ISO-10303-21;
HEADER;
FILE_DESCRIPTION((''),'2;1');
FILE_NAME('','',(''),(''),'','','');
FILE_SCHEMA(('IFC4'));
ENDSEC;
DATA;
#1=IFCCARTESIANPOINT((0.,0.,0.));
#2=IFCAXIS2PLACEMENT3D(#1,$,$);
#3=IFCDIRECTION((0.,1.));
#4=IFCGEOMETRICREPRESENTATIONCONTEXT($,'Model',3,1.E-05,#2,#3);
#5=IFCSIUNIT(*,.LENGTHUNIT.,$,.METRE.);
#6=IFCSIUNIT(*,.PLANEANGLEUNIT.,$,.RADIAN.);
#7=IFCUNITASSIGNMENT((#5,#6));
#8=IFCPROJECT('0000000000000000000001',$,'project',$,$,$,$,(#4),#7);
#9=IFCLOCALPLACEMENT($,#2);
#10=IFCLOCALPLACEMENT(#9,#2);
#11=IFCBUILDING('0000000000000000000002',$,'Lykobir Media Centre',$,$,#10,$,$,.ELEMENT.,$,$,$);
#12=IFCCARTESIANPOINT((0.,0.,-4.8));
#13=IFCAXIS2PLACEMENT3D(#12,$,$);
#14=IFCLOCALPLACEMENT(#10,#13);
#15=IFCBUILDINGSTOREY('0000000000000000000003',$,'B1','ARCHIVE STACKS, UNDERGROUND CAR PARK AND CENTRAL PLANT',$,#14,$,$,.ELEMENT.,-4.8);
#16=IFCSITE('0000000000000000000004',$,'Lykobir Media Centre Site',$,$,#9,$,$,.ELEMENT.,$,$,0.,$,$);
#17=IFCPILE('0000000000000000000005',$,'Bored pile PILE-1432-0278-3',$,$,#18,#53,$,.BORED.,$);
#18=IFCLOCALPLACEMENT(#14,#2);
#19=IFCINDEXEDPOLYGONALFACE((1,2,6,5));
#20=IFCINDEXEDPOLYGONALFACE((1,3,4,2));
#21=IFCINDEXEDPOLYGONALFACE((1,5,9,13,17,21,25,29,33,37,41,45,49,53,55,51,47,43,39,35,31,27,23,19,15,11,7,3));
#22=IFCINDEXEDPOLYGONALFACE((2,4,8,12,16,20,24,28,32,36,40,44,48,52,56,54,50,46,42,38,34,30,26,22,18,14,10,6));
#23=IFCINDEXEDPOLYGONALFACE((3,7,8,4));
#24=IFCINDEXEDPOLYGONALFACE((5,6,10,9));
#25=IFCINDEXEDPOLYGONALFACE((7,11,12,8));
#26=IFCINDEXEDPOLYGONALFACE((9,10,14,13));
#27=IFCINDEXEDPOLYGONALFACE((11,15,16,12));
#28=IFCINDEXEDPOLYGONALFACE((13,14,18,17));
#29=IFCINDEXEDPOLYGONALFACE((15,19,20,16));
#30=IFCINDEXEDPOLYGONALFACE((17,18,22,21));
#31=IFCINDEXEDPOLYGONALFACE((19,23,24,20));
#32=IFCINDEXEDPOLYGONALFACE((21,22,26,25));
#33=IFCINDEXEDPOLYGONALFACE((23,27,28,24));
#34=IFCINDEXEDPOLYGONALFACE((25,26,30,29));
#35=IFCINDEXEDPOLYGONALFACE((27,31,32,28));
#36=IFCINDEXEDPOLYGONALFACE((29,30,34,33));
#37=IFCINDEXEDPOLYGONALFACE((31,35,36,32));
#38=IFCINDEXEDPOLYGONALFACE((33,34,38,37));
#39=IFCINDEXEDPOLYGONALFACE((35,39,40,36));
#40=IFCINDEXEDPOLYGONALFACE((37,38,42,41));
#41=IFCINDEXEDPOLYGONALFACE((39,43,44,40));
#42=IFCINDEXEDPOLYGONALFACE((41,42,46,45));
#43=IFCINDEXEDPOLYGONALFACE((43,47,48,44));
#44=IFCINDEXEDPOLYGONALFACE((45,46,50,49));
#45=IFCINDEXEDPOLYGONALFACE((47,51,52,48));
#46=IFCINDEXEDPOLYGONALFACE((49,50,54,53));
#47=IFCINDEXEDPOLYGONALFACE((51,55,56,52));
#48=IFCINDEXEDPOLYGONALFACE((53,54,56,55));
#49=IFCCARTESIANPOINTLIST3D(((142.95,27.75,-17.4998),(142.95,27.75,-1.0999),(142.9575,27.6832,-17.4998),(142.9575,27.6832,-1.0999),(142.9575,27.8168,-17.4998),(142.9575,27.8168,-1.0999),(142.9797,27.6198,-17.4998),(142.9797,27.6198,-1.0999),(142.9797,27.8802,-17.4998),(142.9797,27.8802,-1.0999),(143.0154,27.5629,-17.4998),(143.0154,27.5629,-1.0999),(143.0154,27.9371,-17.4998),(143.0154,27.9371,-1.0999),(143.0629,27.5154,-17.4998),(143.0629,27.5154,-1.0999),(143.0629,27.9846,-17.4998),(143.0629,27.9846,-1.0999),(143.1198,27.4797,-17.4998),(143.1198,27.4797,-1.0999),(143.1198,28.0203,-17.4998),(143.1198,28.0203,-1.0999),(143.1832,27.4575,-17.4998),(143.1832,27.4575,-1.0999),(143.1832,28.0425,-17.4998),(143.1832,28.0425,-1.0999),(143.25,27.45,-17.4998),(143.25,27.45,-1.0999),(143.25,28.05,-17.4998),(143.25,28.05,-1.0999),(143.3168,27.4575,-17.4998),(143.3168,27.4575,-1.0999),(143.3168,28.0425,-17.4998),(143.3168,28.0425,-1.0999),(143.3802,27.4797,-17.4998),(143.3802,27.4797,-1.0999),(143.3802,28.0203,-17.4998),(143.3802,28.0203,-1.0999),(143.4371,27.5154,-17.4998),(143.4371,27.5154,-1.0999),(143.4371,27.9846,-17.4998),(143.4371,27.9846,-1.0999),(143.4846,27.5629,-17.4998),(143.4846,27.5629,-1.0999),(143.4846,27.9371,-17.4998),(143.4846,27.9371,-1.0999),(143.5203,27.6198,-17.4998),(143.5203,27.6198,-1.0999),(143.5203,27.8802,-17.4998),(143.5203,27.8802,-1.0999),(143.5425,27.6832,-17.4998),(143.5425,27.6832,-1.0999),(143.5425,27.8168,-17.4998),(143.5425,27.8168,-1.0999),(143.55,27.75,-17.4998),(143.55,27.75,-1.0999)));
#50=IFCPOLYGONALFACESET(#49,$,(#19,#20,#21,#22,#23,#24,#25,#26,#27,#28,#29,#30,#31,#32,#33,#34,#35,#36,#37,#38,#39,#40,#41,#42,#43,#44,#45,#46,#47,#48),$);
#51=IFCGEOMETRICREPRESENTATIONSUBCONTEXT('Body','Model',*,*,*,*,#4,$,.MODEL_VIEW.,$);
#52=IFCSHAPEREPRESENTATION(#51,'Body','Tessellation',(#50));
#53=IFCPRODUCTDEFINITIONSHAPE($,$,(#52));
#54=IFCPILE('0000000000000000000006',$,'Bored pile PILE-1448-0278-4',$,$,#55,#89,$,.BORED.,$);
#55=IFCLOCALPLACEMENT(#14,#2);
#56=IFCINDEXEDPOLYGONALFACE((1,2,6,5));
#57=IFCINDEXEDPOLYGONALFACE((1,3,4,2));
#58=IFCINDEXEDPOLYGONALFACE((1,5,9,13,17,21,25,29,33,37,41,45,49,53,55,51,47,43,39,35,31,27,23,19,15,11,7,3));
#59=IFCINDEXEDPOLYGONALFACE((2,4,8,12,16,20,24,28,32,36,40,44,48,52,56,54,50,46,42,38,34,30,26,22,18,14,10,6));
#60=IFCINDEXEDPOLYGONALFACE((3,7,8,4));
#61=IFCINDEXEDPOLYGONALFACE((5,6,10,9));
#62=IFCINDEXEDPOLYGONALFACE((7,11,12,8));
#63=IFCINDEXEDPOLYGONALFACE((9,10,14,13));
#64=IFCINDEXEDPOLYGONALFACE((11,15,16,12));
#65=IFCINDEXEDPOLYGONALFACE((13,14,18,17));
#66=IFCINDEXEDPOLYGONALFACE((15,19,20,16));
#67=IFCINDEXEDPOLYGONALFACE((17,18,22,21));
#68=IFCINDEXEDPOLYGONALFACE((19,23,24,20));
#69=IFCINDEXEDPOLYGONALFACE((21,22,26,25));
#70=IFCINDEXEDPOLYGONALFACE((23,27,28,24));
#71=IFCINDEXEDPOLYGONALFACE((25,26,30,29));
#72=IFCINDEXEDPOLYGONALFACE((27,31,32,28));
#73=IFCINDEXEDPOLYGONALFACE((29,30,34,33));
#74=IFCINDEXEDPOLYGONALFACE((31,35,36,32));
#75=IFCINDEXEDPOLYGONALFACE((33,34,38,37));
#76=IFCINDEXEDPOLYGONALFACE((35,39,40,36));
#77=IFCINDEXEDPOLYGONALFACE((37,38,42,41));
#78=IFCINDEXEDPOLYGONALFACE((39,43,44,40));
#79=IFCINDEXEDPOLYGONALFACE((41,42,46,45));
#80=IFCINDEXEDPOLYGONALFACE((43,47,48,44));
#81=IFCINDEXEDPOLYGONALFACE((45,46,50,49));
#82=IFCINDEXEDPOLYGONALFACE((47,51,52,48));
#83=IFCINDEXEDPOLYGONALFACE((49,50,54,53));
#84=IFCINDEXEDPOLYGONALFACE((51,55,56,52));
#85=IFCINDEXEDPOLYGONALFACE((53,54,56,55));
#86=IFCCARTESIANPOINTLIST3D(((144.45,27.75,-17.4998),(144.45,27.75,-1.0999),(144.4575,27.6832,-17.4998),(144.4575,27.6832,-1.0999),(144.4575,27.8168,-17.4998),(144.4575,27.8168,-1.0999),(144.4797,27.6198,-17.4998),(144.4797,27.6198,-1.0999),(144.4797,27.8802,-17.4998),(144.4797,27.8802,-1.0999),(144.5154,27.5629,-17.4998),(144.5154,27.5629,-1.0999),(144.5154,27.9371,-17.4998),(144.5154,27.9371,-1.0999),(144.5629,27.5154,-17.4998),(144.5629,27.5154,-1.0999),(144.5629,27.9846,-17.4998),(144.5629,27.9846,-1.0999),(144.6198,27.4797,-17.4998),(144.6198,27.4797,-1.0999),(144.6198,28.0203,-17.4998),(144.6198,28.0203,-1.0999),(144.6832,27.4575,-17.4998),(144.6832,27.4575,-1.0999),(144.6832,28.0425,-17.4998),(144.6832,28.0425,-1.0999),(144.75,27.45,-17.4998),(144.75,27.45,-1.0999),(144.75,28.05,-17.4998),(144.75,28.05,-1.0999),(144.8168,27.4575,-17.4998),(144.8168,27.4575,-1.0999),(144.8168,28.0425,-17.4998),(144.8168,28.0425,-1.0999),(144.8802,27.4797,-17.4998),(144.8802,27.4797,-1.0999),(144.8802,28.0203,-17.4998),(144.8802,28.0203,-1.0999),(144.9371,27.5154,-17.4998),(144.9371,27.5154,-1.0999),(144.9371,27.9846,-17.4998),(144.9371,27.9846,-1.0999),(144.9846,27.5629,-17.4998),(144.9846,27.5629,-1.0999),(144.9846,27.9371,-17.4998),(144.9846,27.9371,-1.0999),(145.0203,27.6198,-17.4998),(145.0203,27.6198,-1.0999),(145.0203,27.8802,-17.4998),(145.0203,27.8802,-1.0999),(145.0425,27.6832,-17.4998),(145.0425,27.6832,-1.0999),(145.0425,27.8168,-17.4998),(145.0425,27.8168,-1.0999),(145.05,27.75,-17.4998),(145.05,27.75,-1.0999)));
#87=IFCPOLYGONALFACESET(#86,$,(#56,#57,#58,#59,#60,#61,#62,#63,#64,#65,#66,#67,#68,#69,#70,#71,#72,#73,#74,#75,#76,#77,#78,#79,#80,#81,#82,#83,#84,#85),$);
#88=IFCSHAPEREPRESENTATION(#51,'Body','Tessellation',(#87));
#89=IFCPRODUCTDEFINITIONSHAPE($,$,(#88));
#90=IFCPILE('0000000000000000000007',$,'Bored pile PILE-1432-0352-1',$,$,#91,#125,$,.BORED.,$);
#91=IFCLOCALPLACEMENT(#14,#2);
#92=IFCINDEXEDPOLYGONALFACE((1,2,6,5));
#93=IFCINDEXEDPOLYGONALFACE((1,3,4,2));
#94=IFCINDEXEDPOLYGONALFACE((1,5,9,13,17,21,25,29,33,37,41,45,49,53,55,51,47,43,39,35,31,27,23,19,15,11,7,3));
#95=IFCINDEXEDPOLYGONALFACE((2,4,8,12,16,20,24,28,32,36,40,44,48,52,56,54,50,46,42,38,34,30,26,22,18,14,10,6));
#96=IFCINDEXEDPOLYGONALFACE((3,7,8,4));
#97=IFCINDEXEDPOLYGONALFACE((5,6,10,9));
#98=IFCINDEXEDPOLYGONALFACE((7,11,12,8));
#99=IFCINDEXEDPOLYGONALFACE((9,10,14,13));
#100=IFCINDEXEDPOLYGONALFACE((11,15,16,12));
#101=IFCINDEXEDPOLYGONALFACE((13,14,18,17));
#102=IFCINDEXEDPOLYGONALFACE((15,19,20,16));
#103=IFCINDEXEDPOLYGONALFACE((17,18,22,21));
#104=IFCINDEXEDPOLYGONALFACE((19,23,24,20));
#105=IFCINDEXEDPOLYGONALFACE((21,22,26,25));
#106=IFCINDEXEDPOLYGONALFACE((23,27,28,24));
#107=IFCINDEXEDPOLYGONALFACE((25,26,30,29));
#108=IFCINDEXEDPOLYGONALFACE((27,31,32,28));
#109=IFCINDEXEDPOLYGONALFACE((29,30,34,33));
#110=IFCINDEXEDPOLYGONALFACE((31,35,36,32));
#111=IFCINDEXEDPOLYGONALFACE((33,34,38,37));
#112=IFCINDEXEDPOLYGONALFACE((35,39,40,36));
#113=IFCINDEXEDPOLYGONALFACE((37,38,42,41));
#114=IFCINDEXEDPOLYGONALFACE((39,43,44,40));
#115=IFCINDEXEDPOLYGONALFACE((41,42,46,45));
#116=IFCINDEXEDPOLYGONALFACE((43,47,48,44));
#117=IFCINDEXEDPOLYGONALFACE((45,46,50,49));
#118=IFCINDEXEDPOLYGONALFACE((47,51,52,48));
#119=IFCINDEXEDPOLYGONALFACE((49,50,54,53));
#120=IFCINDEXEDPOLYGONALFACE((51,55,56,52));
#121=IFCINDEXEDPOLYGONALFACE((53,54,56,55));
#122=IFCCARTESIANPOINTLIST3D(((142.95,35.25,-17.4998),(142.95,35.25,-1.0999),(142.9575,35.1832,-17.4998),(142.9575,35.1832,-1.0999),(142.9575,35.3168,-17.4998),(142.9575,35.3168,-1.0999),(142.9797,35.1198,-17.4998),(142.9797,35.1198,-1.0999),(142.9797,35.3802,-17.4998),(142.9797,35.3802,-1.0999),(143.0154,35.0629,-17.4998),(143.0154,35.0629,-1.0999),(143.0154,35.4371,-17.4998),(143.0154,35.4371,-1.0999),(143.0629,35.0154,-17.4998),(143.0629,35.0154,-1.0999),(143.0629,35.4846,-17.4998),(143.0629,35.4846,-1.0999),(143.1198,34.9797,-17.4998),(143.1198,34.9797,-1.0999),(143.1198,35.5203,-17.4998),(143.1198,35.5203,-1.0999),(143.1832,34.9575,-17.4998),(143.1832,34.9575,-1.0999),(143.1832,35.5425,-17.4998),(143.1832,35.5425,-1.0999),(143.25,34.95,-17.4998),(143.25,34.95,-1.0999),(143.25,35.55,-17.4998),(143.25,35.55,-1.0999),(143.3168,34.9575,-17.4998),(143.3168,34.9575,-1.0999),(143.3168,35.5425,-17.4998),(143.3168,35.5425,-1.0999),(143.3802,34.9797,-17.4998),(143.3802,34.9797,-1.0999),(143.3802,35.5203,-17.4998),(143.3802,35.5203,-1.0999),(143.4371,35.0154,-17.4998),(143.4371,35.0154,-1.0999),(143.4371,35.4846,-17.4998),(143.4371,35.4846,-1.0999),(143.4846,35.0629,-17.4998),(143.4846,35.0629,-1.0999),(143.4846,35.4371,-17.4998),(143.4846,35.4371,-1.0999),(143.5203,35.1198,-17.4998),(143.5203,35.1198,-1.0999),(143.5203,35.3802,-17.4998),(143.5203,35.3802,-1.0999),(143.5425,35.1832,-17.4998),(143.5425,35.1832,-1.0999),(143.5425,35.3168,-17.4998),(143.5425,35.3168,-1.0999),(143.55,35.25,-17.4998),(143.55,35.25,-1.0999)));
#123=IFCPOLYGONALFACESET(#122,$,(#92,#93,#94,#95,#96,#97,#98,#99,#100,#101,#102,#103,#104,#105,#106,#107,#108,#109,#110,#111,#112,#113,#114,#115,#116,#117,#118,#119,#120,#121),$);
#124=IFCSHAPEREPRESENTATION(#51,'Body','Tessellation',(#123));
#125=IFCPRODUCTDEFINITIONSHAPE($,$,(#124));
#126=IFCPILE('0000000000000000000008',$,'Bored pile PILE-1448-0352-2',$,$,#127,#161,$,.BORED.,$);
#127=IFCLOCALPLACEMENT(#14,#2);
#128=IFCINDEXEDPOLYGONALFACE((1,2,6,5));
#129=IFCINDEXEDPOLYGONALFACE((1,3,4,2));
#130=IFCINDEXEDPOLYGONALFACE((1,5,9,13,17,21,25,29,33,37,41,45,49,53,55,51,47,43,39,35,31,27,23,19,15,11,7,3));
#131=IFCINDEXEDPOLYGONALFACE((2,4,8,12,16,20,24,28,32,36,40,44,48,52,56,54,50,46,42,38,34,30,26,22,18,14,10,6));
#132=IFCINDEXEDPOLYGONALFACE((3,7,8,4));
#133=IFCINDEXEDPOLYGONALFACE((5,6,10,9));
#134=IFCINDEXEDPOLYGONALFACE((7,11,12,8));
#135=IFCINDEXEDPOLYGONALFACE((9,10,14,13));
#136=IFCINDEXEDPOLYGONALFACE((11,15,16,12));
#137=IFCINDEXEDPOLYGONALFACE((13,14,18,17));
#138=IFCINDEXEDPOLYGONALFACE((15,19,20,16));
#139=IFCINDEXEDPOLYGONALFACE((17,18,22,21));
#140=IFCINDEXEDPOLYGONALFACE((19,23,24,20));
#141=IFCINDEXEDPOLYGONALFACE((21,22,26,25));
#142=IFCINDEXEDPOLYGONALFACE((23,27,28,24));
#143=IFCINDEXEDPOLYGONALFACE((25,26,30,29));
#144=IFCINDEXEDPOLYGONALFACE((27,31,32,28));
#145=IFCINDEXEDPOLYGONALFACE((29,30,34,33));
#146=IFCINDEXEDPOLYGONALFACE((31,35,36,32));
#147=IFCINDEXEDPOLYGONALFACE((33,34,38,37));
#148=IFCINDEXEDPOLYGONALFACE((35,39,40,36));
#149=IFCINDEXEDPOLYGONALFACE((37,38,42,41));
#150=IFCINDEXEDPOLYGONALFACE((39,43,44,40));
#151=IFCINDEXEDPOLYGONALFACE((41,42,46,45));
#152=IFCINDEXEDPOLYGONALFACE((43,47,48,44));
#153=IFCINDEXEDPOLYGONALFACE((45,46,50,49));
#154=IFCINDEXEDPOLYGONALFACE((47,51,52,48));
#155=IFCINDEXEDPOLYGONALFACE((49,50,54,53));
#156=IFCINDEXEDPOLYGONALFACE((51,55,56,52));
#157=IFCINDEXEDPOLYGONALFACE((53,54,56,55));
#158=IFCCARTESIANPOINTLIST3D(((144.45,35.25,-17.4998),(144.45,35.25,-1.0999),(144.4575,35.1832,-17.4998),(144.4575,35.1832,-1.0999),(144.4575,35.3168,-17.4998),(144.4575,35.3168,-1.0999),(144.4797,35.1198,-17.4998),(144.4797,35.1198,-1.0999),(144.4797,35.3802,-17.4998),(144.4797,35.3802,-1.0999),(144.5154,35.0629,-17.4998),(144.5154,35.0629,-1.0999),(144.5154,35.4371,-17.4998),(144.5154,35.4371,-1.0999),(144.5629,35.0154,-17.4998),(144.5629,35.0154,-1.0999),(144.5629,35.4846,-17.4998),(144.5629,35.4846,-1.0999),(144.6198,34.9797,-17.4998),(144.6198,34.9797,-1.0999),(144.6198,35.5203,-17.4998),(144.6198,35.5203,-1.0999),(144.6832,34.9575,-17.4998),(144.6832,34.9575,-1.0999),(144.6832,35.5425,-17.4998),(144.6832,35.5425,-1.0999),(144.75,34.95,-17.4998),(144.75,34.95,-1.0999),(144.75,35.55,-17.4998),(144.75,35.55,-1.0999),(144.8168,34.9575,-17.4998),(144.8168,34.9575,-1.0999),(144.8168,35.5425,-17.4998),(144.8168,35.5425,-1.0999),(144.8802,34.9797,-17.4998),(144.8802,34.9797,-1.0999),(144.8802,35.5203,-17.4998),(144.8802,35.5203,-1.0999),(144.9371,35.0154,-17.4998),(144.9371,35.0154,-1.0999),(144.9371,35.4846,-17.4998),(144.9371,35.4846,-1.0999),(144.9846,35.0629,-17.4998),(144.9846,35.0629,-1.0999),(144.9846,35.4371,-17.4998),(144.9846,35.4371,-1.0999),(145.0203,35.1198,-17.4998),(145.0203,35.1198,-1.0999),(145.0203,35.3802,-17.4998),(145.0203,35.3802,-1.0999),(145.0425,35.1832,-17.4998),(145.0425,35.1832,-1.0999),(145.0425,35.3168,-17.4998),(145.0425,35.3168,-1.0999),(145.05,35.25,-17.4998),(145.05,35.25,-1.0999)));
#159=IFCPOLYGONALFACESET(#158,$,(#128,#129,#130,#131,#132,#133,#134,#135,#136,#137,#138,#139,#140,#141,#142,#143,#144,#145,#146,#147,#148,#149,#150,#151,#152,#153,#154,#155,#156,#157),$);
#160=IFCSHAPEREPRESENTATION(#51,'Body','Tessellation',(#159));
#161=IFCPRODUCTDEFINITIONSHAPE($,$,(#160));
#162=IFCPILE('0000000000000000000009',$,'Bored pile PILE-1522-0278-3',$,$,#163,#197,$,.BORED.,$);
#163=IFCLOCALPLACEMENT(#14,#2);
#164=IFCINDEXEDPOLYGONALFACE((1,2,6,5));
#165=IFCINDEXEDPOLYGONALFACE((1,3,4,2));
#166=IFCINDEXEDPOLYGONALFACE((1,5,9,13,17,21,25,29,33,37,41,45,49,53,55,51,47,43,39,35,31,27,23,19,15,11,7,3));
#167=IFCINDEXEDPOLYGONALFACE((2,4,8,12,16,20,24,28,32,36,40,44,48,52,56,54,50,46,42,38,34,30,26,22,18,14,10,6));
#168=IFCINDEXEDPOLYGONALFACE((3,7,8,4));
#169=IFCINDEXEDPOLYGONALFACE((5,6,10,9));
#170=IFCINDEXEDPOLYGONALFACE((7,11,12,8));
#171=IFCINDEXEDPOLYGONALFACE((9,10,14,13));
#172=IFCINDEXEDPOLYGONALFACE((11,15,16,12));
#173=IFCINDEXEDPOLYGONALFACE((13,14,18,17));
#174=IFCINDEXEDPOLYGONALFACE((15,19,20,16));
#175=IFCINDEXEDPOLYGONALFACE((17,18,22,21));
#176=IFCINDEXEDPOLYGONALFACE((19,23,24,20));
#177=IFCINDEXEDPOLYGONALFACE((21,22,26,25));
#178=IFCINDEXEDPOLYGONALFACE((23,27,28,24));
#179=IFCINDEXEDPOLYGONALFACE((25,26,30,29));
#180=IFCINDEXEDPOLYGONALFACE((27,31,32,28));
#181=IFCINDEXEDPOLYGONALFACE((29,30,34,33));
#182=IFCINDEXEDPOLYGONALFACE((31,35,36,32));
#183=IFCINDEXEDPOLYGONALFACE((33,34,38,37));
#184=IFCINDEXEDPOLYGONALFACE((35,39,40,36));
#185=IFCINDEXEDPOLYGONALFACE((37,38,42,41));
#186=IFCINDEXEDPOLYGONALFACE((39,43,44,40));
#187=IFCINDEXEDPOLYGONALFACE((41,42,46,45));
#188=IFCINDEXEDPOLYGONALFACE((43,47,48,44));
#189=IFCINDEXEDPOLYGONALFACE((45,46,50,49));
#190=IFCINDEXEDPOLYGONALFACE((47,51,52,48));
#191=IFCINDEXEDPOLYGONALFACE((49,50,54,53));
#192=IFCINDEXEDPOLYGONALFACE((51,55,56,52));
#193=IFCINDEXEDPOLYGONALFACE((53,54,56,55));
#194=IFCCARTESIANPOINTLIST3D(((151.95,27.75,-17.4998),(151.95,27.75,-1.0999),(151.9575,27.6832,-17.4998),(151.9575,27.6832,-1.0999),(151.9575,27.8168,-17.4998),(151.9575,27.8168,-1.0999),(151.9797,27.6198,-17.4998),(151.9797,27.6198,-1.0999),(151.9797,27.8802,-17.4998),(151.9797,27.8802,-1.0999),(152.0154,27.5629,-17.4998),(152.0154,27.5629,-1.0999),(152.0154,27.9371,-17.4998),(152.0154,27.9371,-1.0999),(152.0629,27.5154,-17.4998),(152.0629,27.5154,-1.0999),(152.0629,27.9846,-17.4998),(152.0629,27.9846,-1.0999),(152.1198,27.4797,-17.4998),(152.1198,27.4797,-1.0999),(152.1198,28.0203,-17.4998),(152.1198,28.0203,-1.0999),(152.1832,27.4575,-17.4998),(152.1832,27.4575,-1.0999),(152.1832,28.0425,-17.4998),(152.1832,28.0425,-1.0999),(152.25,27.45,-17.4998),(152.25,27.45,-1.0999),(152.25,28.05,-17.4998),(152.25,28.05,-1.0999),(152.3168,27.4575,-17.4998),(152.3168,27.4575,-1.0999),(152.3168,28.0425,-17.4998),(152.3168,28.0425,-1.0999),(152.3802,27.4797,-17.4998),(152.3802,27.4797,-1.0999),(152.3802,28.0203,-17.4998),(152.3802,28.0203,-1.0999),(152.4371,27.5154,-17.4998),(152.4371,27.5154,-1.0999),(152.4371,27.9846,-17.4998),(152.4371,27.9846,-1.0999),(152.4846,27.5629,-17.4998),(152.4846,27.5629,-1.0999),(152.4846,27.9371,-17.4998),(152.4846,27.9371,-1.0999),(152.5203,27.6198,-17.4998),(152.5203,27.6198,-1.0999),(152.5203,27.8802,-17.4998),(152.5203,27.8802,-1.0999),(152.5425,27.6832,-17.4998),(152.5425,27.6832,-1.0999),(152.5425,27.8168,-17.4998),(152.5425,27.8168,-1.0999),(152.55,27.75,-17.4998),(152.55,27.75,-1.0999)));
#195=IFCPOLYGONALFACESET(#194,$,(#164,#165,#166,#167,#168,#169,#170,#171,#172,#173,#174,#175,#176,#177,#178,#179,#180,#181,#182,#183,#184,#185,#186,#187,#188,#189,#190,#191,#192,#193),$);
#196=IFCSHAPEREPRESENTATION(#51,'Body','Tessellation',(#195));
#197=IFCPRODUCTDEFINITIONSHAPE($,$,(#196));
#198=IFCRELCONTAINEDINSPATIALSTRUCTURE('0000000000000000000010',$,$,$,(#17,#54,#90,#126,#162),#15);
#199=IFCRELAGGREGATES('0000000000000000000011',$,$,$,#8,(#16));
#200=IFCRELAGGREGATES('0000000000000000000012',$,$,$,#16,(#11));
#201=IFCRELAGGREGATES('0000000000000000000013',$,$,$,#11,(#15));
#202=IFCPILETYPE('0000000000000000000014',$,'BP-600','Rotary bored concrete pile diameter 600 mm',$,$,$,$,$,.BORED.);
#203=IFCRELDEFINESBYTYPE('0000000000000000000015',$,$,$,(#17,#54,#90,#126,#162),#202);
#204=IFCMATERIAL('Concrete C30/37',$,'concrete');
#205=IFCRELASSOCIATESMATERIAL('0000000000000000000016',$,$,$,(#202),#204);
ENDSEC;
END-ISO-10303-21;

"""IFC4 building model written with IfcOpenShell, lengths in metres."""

from ifc_helpers import new_model, si_unit, direction, frame, origin, origin_2d, place, context, subcontext, project, spatial, circle, extrude, material, material_profile, profile_set, type_object, element, save


model = new_model("IFC4")

# Units and contexts
model_context = context("Model", 3, precision=1e-05, world=origin(), true_north=direction((0.0, 1.0)))
body_context = subcontext(model_context, "Body", "Model", "MODEL_VIEW")
ifc_project = project(units=[si_unit("LENGTHUNIT", "METRE"), si_unit("PLANEANGLEUNIT", "RADIAN")], contexts=[model_context])

# Site, building, storey
site_placement = place(None, origin())
site = spatial("IfcSite", under=ifc_project, at=site_placement, Name="Lykobir Media Centre Site", CompositionType="ELEMENT", RefElevation=0.0)
building_placement = place(site_placement, origin())
building = spatial("IfcBuilding", under=site, at=building_placement, Name="Lykobir Media Centre", CompositionType="ELEMENT")
storey_placement = place(building_placement, frame((0.0, 0.0, -4.8)))
storey = spatial("IfcBuildingStorey", under=building, at=storey_placement, Name="B1", Description="ARCHIVE STACKS, UNDERGROUND CAR PARK AND CENTRAL PLANT", CompositionType="ELEMENT", Elevation=-4.8)

# Piles
ifc_material_1 = material(Name="Concrete C30/37", Category="concrete")
ifc_material_profile_1 = material_profile(ifc_material_1, circle(Radius=0.3, at=origin_2d()), Name="BORED PILE D600")
ifc_profile_set_1 = profile_set([ifc_material_profile_1], Name="Concrete C30/37")
pile_type = type_object("IfcPileType", Name="BP-600", Description="Rotary bored concrete pile diameter 600 mm", PredefinedType="BORED", material=ifc_profile_set_1)
for number, where, z_axis, x_axis, name in (
    (1, (143.25, 27.75, -1.0999), (0.0, 0.0, -1.0), (1.0, 0.0, 0.0), "Bored pile PILE-1432-0278-3"),
    (2, (144.75, 27.75, -1.0999), (0.0, 0.0, -1.0), (1.0, 0.0, 0.0), "Bored pile PILE-1448-0278-4"),
    (3, (143.25, 35.25, -1.0999), (0.0, 0.0, -1.0), (1.0, 0.0, 0.0), "Bored pile PILE-1432-0352-1"),
    (4, (144.75, 35.25, -1.0999), (0.0, 0.0, -1.0), (1.0, 0.0, 0.0), "Bored pile PILE-1448-0352-2"),
    (5, (152.25, 27.75, -1.0999), (0.0, 0.0, -1.0), (1.0, 0.0, 0.0), "Bored pile PILE-1522-0278-3"),
):
    element("IfcPile", number, at=place(storey_placement, frame(where, z_axis=z_axis, x_axis=x_axis)), inside=storey, type_object=pile_type, Name=name, PredefinedType="BORED", context=body_context, shape_type="SweptSolid", body=[
        extrude(circle(Radius=0.3, at=origin_2d()), origin(), (0.0, 0.0, 1.0), 16.3999),
    ])

save(model, "model.ifc")
